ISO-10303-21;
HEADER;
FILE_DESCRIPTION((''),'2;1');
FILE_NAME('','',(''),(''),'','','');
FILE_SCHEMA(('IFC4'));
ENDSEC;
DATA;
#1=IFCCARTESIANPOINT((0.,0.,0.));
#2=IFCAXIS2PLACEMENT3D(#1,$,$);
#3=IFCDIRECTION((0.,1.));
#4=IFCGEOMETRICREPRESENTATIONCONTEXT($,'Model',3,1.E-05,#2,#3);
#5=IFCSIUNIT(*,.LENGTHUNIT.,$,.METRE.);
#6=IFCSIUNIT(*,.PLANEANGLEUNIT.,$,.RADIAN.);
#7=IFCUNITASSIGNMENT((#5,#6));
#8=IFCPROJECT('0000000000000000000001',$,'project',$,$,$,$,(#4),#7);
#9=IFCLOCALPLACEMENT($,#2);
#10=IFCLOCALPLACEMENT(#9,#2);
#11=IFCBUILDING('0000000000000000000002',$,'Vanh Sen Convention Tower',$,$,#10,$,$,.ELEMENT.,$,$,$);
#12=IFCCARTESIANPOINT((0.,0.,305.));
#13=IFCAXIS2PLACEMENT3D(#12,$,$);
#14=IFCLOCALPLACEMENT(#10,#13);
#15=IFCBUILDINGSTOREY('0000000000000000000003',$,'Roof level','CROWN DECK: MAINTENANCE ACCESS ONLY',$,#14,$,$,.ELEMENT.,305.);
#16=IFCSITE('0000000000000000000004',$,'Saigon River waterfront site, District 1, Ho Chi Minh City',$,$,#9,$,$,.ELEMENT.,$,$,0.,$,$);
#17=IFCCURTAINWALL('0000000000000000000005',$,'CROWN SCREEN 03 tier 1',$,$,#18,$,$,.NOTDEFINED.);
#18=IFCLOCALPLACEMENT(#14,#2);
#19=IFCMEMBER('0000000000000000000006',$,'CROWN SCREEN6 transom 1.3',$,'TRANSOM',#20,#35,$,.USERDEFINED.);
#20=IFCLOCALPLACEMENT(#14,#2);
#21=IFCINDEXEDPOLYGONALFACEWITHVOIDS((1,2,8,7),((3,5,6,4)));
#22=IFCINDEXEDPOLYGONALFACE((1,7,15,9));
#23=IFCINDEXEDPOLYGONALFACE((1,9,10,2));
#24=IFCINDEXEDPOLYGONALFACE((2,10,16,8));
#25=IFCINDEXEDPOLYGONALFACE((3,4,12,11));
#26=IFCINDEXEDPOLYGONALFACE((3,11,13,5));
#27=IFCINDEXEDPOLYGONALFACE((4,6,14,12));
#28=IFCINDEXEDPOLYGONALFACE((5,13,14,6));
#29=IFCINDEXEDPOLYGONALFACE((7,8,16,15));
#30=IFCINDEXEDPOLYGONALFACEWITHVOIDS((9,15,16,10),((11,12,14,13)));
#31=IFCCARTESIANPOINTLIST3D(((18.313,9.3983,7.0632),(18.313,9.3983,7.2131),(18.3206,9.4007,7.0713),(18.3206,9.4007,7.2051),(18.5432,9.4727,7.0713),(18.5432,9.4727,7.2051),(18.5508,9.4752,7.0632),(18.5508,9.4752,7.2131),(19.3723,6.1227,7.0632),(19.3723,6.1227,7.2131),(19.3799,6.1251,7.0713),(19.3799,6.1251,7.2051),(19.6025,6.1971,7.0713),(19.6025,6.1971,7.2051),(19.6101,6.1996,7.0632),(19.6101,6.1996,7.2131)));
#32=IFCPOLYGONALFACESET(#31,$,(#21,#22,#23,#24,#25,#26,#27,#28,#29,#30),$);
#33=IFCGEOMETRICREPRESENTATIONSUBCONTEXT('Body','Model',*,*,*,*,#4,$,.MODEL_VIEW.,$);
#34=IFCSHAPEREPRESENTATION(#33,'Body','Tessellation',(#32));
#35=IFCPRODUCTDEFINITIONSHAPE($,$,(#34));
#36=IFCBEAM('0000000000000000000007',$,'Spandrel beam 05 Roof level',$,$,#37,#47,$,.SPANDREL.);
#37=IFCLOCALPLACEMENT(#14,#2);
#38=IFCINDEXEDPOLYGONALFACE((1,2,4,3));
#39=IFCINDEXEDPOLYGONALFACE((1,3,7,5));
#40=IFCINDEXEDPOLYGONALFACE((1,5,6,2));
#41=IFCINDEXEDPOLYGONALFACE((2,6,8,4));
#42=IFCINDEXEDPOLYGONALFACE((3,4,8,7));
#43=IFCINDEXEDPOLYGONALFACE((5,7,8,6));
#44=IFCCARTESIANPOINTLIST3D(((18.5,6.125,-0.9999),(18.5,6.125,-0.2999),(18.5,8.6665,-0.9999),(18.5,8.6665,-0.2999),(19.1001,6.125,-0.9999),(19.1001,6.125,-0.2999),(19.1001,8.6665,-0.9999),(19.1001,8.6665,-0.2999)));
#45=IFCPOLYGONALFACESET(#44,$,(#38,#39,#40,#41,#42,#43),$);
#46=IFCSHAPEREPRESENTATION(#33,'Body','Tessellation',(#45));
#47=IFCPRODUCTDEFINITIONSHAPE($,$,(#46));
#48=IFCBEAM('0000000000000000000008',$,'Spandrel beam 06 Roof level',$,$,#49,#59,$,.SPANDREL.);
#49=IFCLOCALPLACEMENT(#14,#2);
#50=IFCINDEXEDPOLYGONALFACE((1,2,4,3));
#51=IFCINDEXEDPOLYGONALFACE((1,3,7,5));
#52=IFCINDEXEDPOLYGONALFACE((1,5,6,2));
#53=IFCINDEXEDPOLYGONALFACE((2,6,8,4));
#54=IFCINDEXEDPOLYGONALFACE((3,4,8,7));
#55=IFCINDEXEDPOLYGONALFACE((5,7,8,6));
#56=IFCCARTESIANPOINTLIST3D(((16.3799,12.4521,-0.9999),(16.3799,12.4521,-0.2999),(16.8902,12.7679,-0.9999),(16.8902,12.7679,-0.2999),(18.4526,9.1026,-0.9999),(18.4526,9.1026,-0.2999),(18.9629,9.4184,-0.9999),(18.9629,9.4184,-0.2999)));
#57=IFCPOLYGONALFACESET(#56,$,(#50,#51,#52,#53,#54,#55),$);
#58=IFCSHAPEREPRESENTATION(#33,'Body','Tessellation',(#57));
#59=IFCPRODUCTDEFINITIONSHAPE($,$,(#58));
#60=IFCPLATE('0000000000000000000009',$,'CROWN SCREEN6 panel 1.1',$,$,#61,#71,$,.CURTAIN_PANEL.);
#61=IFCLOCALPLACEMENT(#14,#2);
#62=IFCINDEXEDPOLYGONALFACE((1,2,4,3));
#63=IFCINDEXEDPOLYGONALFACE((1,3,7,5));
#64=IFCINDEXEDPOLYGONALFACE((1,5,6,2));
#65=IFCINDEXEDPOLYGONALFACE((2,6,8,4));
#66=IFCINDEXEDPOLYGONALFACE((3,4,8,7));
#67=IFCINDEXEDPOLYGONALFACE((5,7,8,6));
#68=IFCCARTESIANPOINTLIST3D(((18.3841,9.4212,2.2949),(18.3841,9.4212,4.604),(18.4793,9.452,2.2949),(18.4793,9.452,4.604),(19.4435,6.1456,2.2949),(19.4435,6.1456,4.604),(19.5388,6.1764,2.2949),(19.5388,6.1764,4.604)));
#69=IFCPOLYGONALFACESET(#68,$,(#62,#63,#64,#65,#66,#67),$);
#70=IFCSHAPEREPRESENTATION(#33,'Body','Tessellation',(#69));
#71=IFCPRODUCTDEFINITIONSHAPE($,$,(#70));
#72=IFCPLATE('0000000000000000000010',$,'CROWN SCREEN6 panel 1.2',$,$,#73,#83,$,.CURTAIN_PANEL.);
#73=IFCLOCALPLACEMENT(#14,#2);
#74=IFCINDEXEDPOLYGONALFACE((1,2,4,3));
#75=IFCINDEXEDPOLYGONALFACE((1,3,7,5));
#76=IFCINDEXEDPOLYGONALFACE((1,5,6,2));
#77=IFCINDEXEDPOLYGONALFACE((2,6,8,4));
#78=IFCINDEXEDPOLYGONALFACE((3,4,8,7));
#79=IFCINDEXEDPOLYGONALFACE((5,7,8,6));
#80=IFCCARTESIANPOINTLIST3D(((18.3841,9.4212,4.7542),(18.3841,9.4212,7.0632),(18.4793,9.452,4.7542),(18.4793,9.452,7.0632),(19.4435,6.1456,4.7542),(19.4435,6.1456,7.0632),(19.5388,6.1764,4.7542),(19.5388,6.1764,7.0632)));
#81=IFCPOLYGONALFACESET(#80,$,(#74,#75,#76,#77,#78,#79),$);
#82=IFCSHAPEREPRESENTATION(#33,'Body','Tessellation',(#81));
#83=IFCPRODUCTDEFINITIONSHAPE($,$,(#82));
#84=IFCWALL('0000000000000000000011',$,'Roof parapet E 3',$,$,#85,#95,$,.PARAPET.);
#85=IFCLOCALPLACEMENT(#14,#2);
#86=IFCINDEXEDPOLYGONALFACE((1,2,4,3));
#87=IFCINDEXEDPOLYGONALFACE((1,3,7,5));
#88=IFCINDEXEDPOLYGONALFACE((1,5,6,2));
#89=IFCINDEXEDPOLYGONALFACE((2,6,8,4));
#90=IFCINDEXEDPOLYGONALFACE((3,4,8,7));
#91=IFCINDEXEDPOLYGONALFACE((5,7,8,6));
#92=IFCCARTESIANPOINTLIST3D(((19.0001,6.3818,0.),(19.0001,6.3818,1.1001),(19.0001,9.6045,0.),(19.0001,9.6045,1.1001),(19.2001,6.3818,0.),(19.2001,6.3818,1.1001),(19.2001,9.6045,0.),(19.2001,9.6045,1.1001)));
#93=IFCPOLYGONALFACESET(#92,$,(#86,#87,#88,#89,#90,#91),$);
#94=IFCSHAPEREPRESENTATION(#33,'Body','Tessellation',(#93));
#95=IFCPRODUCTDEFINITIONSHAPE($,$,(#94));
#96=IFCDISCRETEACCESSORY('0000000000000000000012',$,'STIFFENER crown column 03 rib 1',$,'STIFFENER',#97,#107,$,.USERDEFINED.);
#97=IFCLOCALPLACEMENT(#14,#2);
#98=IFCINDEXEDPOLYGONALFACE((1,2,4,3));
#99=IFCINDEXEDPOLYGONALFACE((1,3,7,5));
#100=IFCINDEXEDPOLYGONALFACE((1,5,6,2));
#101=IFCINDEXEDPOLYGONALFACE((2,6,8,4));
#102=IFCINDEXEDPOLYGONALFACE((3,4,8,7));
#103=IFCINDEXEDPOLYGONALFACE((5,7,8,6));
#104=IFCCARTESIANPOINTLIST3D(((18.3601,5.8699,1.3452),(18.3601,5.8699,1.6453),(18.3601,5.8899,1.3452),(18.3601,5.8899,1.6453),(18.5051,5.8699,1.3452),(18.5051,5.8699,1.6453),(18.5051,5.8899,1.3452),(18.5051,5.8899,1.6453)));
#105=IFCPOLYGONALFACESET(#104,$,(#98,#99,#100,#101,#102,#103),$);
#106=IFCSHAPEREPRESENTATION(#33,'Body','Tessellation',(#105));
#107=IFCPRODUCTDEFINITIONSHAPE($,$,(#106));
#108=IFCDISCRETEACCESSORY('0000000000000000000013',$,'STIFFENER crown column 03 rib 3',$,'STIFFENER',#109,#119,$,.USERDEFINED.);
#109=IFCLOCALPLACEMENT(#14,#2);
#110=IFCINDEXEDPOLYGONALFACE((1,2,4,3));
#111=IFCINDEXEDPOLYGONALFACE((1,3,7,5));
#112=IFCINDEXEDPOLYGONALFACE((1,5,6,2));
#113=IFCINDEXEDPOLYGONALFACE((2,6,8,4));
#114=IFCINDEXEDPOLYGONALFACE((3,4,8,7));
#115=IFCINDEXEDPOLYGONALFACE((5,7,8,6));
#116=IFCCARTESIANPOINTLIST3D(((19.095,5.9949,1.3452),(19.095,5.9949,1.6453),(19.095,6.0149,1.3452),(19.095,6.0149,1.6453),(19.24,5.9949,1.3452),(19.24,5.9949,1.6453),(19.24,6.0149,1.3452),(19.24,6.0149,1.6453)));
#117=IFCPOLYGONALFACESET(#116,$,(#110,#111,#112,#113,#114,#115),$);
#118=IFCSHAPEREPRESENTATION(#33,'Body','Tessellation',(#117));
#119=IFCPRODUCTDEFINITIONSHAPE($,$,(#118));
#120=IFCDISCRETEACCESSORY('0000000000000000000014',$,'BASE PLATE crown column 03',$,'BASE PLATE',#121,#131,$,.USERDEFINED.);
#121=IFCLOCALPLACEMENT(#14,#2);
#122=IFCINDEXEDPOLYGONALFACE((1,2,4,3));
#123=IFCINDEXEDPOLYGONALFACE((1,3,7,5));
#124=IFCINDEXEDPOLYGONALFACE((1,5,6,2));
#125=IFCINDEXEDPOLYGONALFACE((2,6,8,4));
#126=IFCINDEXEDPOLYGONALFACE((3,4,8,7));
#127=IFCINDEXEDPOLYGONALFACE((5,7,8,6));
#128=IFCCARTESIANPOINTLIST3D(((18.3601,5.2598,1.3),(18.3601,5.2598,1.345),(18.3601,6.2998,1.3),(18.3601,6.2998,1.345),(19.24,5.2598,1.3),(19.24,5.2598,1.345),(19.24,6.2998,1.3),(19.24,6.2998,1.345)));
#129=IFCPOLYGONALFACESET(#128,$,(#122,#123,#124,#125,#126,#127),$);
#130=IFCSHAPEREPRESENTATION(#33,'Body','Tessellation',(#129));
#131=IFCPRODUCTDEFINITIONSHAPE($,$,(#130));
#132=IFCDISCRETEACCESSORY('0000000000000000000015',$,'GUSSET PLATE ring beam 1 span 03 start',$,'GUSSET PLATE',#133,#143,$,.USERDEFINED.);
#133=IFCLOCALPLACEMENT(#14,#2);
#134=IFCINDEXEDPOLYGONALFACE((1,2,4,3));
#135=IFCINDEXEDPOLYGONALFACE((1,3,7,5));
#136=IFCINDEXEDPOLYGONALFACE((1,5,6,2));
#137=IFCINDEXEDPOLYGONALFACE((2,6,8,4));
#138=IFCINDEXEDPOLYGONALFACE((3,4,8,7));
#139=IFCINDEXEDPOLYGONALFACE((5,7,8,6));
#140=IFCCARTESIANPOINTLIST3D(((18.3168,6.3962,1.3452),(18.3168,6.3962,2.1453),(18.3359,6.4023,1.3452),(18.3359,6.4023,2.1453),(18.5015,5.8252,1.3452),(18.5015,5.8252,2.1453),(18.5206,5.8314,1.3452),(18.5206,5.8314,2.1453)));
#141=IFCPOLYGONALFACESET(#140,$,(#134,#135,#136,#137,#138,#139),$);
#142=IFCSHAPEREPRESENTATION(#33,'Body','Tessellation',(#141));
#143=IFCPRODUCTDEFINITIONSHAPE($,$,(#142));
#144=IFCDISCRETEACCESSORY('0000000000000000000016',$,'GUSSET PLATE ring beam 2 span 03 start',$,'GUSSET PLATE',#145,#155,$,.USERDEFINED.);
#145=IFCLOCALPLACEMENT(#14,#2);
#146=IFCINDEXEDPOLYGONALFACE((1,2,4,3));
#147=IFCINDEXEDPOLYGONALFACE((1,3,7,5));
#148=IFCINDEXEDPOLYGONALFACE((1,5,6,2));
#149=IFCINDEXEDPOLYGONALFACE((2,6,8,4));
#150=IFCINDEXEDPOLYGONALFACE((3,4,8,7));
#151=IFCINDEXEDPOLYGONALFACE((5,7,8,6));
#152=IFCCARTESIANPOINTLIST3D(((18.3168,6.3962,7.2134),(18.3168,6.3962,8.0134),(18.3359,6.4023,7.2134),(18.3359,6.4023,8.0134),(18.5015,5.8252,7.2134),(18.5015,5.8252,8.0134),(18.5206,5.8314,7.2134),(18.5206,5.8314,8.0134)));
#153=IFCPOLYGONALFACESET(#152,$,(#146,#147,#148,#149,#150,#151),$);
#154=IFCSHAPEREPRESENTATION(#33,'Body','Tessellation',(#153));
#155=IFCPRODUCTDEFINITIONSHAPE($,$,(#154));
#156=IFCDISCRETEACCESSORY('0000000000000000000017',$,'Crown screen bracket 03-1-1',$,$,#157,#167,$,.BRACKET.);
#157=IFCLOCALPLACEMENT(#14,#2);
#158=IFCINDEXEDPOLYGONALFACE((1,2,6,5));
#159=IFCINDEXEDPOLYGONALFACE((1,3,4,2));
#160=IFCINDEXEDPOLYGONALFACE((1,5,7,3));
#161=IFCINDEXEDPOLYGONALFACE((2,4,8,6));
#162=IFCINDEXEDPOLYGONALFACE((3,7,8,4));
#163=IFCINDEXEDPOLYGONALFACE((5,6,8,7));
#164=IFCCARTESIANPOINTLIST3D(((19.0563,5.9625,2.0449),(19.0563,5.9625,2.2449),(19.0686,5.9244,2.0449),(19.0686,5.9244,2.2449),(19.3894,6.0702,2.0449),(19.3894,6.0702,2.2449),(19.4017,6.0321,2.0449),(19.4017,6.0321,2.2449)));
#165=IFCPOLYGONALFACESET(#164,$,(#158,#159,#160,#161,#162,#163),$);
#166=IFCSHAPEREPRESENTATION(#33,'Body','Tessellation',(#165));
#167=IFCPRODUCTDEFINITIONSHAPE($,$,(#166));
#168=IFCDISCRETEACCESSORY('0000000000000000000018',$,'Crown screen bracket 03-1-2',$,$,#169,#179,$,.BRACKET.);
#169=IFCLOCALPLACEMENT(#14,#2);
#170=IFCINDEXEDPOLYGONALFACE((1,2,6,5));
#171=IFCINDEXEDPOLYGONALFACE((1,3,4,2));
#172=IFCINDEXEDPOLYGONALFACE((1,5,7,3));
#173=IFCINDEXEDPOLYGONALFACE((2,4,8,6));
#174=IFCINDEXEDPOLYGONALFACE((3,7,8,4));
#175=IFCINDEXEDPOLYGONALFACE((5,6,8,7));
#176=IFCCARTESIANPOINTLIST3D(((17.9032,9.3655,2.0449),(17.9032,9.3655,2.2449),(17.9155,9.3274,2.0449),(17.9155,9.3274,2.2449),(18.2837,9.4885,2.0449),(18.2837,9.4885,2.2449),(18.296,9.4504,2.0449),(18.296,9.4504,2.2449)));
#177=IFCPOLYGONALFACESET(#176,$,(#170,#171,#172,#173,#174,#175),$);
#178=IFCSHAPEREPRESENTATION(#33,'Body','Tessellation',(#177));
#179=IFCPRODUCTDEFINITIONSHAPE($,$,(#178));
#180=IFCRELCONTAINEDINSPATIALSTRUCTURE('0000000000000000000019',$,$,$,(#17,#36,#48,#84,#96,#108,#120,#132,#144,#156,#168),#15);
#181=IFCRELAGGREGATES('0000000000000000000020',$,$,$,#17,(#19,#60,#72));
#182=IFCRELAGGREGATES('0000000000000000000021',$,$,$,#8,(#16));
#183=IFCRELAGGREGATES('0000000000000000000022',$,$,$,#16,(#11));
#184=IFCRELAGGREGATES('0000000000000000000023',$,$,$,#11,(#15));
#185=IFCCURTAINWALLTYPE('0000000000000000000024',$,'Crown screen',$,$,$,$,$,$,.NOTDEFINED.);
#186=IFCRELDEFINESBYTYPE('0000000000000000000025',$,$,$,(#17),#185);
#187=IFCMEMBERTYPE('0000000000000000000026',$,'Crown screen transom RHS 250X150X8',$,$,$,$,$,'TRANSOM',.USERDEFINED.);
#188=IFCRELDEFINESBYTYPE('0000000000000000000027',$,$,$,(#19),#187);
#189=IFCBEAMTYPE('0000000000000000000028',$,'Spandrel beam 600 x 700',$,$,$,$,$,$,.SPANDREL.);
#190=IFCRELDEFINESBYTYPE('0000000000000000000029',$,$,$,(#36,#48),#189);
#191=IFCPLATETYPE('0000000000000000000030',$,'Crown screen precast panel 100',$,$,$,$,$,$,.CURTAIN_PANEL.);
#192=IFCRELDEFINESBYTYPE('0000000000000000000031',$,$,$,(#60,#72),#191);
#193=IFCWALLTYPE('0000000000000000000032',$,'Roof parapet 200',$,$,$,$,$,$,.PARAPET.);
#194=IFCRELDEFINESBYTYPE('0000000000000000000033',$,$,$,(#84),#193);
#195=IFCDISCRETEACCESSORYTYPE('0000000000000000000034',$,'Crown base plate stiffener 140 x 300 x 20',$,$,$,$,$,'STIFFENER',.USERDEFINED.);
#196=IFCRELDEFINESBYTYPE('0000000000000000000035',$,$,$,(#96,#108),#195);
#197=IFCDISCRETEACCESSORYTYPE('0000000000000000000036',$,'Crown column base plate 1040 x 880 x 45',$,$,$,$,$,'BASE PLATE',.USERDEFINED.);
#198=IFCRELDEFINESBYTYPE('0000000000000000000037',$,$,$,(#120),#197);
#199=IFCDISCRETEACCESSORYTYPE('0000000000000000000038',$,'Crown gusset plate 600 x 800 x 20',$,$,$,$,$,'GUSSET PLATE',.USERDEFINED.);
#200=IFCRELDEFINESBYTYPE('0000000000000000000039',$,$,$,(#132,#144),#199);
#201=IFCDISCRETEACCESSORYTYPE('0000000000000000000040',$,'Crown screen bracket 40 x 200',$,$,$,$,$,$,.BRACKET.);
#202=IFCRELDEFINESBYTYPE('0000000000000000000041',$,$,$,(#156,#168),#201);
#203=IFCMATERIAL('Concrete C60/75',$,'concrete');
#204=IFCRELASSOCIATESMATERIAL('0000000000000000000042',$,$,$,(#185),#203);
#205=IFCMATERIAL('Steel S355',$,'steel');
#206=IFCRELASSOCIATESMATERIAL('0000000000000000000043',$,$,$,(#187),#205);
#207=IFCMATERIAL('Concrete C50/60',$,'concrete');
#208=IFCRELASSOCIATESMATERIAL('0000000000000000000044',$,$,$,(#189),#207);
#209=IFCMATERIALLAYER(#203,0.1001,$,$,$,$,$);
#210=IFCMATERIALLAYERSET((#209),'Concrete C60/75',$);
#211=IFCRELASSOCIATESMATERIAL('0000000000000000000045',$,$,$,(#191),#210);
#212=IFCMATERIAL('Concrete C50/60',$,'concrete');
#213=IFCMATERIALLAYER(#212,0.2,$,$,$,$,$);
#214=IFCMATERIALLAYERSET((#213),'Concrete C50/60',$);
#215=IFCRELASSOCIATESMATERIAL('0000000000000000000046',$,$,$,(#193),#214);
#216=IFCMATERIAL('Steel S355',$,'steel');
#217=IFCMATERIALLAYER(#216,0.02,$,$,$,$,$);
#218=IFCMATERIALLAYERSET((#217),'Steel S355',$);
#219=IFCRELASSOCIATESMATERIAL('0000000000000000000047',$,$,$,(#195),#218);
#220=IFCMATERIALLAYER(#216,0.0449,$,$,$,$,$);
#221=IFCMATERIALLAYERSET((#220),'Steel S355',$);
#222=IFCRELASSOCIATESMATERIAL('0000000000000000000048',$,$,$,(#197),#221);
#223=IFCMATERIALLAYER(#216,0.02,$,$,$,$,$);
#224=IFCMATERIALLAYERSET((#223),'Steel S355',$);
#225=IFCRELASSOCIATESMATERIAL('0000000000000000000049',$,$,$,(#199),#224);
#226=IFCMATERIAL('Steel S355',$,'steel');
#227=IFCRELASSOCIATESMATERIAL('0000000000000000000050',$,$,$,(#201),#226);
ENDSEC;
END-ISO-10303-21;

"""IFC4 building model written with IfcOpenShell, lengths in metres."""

from ifc_helpers import new_model, si_unit, direction, frame, frame_2d, origin, origin_2d, place, context, subcontext, project, spatial, rectangle, hollow_rectangle, extrude, material, layer, layer_set, material_profile, profile_set, type_object, element, aggregate, save


model = new_model("IFC4")

# Units and contexts
model_context = context("Model", 3, precision=1e-05, world=origin(), true_north=direction((0.0, 1.0)))
body_context = subcontext(model_context, "Body", "Model", "MODEL_VIEW")
ifc_project = project(units=[si_unit("LENGTHUNIT", "METRE"), si_unit("PLANEANGLEUNIT", "RADIAN")], contexts=[model_context])

# Site, building, storey
site_placement = place(None, origin())
site = spatial("IfcSite", under=ifc_project, at=site_placement, Name="Saigon River waterfront site, District 1, Ho Chi Minh City", CompositionType="ELEMENT", RefElevation=0.0)
building_placement = place(site_placement, origin())
building = spatial("IfcBuilding", under=site, at=building_placement, Name="Vanh Sen Convention Tower", CompositionType="ELEMENT")
storey_placement = place(building_placement, frame((0.0, 0.0, 305.0)))
storey = spatial("IfcBuildingStorey", under=building, at=storey_placement, Name="Roof level", Description="CROWN DECK: MAINTENANCE ACCESS ONLY", CompositionType="ELEMENT", Elevation=305.0)

# Curtain wall
ifc_material_1 = material(Name="Concrete C60/75", Category="concrete")
curtain_wall_type = type_object("IfcCurtainWallType", Name="Crown screen", PredefinedType="NOTDEFINED", material=ifc_material_1)
ifc_material_2 = material(Name="Steel S355", Category="steel")
curtain_wall_1_placement = place(storey_placement, origin())
curtain_wall_1 = element("IfcCurtainWall", 1, at=curtain_wall_1_placement, inside=storey, type_object=curtain_wall_type, Name="CROWN SCREEN 03 tier 1", PredefinedType="NOTDEFINED")

# Member
ifc_material_profile_1 = material_profile(ifc_material_2, hollow_rectangle(XDim=0.25, YDim=0.1499, WallThickness=0.0081, at=origin_2d()), Name="RHS 250X150X8")
ifc_profile_set_1 = profile_set([ifc_material_profile_1], Name="Steel S355")
member_type_1 = type_object("IfcMemberType", Name="Crown screen transom RHS 250X150X8", ElementType="TRANSOM", PredefinedType="USERDEFINED", material=ifc_profile_set_1)
member_1_placement = place(storey_placement, frame((19.4912, 6.1611, 7.1382), z_axis=(-0.307705, 0.951482, 0.0), x_axis=(-0.951482, -0.307705, 0.0)))
member_1 = element("IfcMember", 2, at=member_1_placement, type_object=member_type_1, Name="CROWN SCREEN6 transom 1.3", ObjectType="TRANSOM", PredefinedType="USERDEFINED", context=body_context, shape_type="SweptSolid", body=[
    extrude(hollow_rectangle(XDim=0.25, YDim=0.1499, WallThickness=0.0081, at=origin_2d()), origin(), (0.0, 0.0, 1.0), 3.4426),
])

# Beams
ifc_material_3 = material(Name="Concrete C50/60", Category="concrete")
ifc_material_profile_2 = material_profile(ifc_material_3, rectangle(XDim=0.6001, YDim=0.7, at=origin_2d()), Name="RC 600X700")
ifc_profile_set_2 = profile_set([ifc_material_profile_2], Name="Concrete C50/60")
beam_type = type_object("IfcBeamType", Name="Spandrel beam 600 x 700", PredefinedType="SPANDREL", material=ifc_profile_set_2)
beam_1_placement = place(storey_placement, frame((18.8, 6.125, -0.6499), z_axis=(0.0, 1.0, 0.0), x_axis=(-1.0, 0.0, 0.0)))
element("IfcBeam", 3, at=beam_1_placement, inside=storey, type_object=beam_type, Name="Spandrel beam 05 Roof level", PredefinedType="SPANDREL", context=body_context, shape_type="SweptSolid", body=[
    extrude(rectangle(XDim=0.6001, YDim=0.7, at=origin_2d()), origin(), (0.0, 0.0, 1.0), 2.5415),
])
beam_2_placement = place(storey_placement, frame((18.7078, 9.2605, -0.6499), z_axis=(-0.526205, 0.850358, 0.0), x_axis=(-0.850358, -0.526205, 0.0)))
element("IfcBeam", 4, at=beam_2_placement, inside=storey, type_object=beam_type, Name="Spandrel beam 06 Roof level", PredefinedType="SPANDREL", context=body_context, shape_type="SweptSolid", body=[
    extrude(rectangle(XDim=0.6001, YDim=0.7, at=origin_2d()), origin(), (0.0, 0.0, 1.0), 3.939),
])

# Plates
ifc_layer_1 = layer(ifc_material_1, 0.1001)
ifc_layer_set_1 = layer_set([ifc_layer_1], Name="Concrete C60/75")
plate_type = type_object("IfcPlateType", Name="Crown screen precast panel 100", PredefinedType="CURTAIN_PANEL", material=ifc_layer_set_1)
plate_1_placement = place(storey_placement, frame((18.9614, 7.7988, 2.2949), z_axis=(0.0, 0.0, 1.0), x_axis=(-0.307733, 0.951473, 0.0)))
plate_1 = element("IfcPlate", 5, at=plate_1_placement, type_object=plate_type, Name="CROWN SCREEN6 panel 1.1", PredefinedType="CURTAIN_PANEL", context=body_context, shape_type="SweptSolid", body=[
    extrude(rectangle(XDim=3.4426, YDim=0.1001, at=origin_2d()), origin(), (0.0, 0.0, 1.0), 2.3091),
])
plate_2_placement = place(storey_placement, frame((18.9614, 7.7988, 4.7542), z_axis=(0.0, 0.0, 1.0), x_axis=(-0.307733, 0.951473, 0.0)))
plate_2 = element("IfcPlate", 6, at=plate_2_placement, type_object=plate_type, Name="CROWN SCREEN6 panel 1.2", PredefinedType="CURTAIN_PANEL", context=body_context, shape_type="SweptSolid", body=[
    extrude(rectangle(XDim=3.4426, YDim=0.1001, at=origin_2d()), origin(), (0.0, 0.0, 1.0), 2.3091),
])
aggregate(curtain_wall_1, [member_1, plate_1, plate_2])

# Wall
ifc_material_4 = material(Name="Concrete C50/60", Category="concrete")
ifc_layer_2 = layer(ifc_material_4, 0.2)
ifc_layer_set_2 = layer_set([ifc_layer_2], Name="Concrete C50/60")
wall_type = type_object("IfcWallType", Name="Roof parapet 200", PredefinedType="PARAPET", material=ifc_layer_set_2)
wall_placement = place(storey_placement, frame((19.1001, 6.3818, 0.0), z_axis=(0.0, 0.0, 1.0), x_axis=(0.0, 1.0, 0.0)))
element("IfcWall", 7, at=wall_placement, inside=storey, type_object=wall_type, Name="Roof parapet E 3", PredefinedType="PARAPET", context=body_context, shape_type="SweptSolid", body=[
    extrude(rectangle(XDim=3.2227, YDim=0.2, at=frame_2d((1.6113, 0.0))), origin(), (0.0, 0.0, 1.0), 1.1001),
])

# Discrete accessories
ifc_material_5 = material(Name="Steel S355", Category="steel")
ifc_layer_3 = layer(ifc_material_5, 0.02)
ifc_layer_set_3 = layer_set([ifc_layer_3], Name="Steel S355")
discrete_accessory_type_1 = type_object("IfcDiscreteAccessoryType", Name="Crown base plate stiffener 140 x 300 x 20", ElementType="STIFFENER", PredefinedType="USERDEFINED", material=ifc_layer_set_3)
for number, where, z_axis, x_axis, name in (
    (8, (18.4326, 5.8799, 1.3452), (0.0, 0.0, 1.0), (-1.0, 0.0, 0.0), "STIFFENER crown column 03 rib 1"),
    (9, (19.1675, 6.0049, 1.3452), (0.0, 0.0, 1.0), (-1.0, 0.0, 0.0), "STIFFENER crown column 03 rib 3"),
):
    element("IfcDiscreteAccessory", number, at=place(storey_placement, frame(where, z_axis=z_axis, x_axis=x_axis)), inside=storey, type_object=discrete_accessory_type_1, Name=name, ObjectType="STIFFENER", PredefinedType="USERDEFINED", context=body_context, shape_type="SweptSolid", body=[
        extrude(rectangle(XDim=0.145, YDim=0.02, at=origin_2d()), origin(), (0.0, 0.0, 1.0), 0.3),
    ])
ifc_layer_4 = layer(ifc_material_5, 0.0449)
ifc_layer_set_4 = layer_set([ifc_layer_4], Name="Steel S355")
discrete_accessory_type_2 = type_object("IfcDiscreteAccessoryType", Name="Crown column base plate 1040 x 880 x 45", ElementType="BASE PLATE", PredefinedType="USERDEFINED", material=ifc_layer_set_4)
discrete_accessory_1_placement = place(storey_placement, frame((18.8, 5.7798, 1.3), z_axis=(0.0, 0.0, 1.0), x_axis=(0.0, 1.0, 0.0)))
element("IfcDiscreteAccessory", 10, at=discrete_accessory_1_placement, inside=storey, type_object=discrete_accessory_type_2, Name="BASE PLATE crown column 03", ObjectType="BASE PLATE", PredefinedType="USERDEFINED", context=body_context, shape_type="SweptSolid", body=[
    extrude(rectangle(XDim=1.04, YDim=0.8799, at=origin_2d()), origin(), (0.0, 0.0, 1.0), 0.0449),
])
ifc_layer_5 = layer(ifc_material_5, 0.02)
ifc_layer_set_5 = layer_set([ifc_layer_5], Name="Steel S355")
discrete_accessory_type_3 = type_object("IfcDiscreteAccessoryType", Name="Crown gusset plate 600 x 800 x 20", ElementType="GUSSET PLATE", PredefinedType="USERDEFINED", material=ifc_layer_set_5)
for number, where, z_axis, x_axis, name in (
    (11, (18.4187, 6.1138, 1.3452), (0.0, 0.0, 1.0), (-0.307734, 0.951473, 0.0), "GUSSET PLATE ring beam 1 span 03 start"),
    (12, (18.4187, 6.1138, 7.2134), (0.0, 0.0, 1.0), (-0.307734, 0.951473, 0.0), "GUSSET PLATE ring beam 2 span 03 start"),
):
    element("IfcDiscreteAccessory", number, at=place(storey_placement, frame(where, z_axis=z_axis, x_axis=x_axis)), inside=storey, type_object=discrete_accessory_type_3, Name=name, ObjectType="GUSSET PLATE", PredefinedType="USERDEFINED", context=body_context, shape_type="SweptSolid", body=[
        extrude(rectangle(XDim=0.6001, YDim=0.02, at=origin_2d()), origin(), (0.0, 0.0, 1.0), 0.8),
    ])
ifc_material_6 = material(Name="Steel S355", Category="steel")
discrete_accessory_type_4 = type_object("IfcDiscreteAccessoryType", Name="Crown screen bracket 40 x 200", PredefinedType="BRACKET", material=ifc_material_6)
discrete_accessory_2_placement = place(storey_placement, frame((19.229, 5.9973, 2.0449), z_axis=(0.0, 0.0, 1.0), x_axis=(0.951473, 0.307734, 0.0)))
element("IfcDiscreteAccessory", 13, at=discrete_accessory_2_placement, inside=storey, type_object=discrete_accessory_type_4, Name="Crown screen bracket 03-1-1", PredefinedType="BRACKET", context=body_context, shape_type="SweptSolid", body=[
    extrude(rectangle(XDim=0.3501, YDim=0.04, at=origin_2d()), origin(), (0.0, 0.0, 1.0), 0.2),
])
discrete_accessory_3_placement = place(storey_placement, frame((18.0996, 9.408, 2.0449), z_axis=(0.0, 0.0, 1.0), x_axis=(0.951473, 0.307734, 0.0)))
element("IfcDiscreteAccessory", 14, at=discrete_accessory_3_placement, inside=storey, type_object=discrete_accessory_type_4, Name="Crown screen bracket 03-1-2", PredefinedType="BRACKET", context=body_context, shape_type="SweptSolid", body=[
    extrude(rectangle(XDim=0.3999, YDim=0.04, at=origin_2d()), origin(), (0.0, 0.0, 1.0), 0.2),
])

save(model, "model.ifc")
